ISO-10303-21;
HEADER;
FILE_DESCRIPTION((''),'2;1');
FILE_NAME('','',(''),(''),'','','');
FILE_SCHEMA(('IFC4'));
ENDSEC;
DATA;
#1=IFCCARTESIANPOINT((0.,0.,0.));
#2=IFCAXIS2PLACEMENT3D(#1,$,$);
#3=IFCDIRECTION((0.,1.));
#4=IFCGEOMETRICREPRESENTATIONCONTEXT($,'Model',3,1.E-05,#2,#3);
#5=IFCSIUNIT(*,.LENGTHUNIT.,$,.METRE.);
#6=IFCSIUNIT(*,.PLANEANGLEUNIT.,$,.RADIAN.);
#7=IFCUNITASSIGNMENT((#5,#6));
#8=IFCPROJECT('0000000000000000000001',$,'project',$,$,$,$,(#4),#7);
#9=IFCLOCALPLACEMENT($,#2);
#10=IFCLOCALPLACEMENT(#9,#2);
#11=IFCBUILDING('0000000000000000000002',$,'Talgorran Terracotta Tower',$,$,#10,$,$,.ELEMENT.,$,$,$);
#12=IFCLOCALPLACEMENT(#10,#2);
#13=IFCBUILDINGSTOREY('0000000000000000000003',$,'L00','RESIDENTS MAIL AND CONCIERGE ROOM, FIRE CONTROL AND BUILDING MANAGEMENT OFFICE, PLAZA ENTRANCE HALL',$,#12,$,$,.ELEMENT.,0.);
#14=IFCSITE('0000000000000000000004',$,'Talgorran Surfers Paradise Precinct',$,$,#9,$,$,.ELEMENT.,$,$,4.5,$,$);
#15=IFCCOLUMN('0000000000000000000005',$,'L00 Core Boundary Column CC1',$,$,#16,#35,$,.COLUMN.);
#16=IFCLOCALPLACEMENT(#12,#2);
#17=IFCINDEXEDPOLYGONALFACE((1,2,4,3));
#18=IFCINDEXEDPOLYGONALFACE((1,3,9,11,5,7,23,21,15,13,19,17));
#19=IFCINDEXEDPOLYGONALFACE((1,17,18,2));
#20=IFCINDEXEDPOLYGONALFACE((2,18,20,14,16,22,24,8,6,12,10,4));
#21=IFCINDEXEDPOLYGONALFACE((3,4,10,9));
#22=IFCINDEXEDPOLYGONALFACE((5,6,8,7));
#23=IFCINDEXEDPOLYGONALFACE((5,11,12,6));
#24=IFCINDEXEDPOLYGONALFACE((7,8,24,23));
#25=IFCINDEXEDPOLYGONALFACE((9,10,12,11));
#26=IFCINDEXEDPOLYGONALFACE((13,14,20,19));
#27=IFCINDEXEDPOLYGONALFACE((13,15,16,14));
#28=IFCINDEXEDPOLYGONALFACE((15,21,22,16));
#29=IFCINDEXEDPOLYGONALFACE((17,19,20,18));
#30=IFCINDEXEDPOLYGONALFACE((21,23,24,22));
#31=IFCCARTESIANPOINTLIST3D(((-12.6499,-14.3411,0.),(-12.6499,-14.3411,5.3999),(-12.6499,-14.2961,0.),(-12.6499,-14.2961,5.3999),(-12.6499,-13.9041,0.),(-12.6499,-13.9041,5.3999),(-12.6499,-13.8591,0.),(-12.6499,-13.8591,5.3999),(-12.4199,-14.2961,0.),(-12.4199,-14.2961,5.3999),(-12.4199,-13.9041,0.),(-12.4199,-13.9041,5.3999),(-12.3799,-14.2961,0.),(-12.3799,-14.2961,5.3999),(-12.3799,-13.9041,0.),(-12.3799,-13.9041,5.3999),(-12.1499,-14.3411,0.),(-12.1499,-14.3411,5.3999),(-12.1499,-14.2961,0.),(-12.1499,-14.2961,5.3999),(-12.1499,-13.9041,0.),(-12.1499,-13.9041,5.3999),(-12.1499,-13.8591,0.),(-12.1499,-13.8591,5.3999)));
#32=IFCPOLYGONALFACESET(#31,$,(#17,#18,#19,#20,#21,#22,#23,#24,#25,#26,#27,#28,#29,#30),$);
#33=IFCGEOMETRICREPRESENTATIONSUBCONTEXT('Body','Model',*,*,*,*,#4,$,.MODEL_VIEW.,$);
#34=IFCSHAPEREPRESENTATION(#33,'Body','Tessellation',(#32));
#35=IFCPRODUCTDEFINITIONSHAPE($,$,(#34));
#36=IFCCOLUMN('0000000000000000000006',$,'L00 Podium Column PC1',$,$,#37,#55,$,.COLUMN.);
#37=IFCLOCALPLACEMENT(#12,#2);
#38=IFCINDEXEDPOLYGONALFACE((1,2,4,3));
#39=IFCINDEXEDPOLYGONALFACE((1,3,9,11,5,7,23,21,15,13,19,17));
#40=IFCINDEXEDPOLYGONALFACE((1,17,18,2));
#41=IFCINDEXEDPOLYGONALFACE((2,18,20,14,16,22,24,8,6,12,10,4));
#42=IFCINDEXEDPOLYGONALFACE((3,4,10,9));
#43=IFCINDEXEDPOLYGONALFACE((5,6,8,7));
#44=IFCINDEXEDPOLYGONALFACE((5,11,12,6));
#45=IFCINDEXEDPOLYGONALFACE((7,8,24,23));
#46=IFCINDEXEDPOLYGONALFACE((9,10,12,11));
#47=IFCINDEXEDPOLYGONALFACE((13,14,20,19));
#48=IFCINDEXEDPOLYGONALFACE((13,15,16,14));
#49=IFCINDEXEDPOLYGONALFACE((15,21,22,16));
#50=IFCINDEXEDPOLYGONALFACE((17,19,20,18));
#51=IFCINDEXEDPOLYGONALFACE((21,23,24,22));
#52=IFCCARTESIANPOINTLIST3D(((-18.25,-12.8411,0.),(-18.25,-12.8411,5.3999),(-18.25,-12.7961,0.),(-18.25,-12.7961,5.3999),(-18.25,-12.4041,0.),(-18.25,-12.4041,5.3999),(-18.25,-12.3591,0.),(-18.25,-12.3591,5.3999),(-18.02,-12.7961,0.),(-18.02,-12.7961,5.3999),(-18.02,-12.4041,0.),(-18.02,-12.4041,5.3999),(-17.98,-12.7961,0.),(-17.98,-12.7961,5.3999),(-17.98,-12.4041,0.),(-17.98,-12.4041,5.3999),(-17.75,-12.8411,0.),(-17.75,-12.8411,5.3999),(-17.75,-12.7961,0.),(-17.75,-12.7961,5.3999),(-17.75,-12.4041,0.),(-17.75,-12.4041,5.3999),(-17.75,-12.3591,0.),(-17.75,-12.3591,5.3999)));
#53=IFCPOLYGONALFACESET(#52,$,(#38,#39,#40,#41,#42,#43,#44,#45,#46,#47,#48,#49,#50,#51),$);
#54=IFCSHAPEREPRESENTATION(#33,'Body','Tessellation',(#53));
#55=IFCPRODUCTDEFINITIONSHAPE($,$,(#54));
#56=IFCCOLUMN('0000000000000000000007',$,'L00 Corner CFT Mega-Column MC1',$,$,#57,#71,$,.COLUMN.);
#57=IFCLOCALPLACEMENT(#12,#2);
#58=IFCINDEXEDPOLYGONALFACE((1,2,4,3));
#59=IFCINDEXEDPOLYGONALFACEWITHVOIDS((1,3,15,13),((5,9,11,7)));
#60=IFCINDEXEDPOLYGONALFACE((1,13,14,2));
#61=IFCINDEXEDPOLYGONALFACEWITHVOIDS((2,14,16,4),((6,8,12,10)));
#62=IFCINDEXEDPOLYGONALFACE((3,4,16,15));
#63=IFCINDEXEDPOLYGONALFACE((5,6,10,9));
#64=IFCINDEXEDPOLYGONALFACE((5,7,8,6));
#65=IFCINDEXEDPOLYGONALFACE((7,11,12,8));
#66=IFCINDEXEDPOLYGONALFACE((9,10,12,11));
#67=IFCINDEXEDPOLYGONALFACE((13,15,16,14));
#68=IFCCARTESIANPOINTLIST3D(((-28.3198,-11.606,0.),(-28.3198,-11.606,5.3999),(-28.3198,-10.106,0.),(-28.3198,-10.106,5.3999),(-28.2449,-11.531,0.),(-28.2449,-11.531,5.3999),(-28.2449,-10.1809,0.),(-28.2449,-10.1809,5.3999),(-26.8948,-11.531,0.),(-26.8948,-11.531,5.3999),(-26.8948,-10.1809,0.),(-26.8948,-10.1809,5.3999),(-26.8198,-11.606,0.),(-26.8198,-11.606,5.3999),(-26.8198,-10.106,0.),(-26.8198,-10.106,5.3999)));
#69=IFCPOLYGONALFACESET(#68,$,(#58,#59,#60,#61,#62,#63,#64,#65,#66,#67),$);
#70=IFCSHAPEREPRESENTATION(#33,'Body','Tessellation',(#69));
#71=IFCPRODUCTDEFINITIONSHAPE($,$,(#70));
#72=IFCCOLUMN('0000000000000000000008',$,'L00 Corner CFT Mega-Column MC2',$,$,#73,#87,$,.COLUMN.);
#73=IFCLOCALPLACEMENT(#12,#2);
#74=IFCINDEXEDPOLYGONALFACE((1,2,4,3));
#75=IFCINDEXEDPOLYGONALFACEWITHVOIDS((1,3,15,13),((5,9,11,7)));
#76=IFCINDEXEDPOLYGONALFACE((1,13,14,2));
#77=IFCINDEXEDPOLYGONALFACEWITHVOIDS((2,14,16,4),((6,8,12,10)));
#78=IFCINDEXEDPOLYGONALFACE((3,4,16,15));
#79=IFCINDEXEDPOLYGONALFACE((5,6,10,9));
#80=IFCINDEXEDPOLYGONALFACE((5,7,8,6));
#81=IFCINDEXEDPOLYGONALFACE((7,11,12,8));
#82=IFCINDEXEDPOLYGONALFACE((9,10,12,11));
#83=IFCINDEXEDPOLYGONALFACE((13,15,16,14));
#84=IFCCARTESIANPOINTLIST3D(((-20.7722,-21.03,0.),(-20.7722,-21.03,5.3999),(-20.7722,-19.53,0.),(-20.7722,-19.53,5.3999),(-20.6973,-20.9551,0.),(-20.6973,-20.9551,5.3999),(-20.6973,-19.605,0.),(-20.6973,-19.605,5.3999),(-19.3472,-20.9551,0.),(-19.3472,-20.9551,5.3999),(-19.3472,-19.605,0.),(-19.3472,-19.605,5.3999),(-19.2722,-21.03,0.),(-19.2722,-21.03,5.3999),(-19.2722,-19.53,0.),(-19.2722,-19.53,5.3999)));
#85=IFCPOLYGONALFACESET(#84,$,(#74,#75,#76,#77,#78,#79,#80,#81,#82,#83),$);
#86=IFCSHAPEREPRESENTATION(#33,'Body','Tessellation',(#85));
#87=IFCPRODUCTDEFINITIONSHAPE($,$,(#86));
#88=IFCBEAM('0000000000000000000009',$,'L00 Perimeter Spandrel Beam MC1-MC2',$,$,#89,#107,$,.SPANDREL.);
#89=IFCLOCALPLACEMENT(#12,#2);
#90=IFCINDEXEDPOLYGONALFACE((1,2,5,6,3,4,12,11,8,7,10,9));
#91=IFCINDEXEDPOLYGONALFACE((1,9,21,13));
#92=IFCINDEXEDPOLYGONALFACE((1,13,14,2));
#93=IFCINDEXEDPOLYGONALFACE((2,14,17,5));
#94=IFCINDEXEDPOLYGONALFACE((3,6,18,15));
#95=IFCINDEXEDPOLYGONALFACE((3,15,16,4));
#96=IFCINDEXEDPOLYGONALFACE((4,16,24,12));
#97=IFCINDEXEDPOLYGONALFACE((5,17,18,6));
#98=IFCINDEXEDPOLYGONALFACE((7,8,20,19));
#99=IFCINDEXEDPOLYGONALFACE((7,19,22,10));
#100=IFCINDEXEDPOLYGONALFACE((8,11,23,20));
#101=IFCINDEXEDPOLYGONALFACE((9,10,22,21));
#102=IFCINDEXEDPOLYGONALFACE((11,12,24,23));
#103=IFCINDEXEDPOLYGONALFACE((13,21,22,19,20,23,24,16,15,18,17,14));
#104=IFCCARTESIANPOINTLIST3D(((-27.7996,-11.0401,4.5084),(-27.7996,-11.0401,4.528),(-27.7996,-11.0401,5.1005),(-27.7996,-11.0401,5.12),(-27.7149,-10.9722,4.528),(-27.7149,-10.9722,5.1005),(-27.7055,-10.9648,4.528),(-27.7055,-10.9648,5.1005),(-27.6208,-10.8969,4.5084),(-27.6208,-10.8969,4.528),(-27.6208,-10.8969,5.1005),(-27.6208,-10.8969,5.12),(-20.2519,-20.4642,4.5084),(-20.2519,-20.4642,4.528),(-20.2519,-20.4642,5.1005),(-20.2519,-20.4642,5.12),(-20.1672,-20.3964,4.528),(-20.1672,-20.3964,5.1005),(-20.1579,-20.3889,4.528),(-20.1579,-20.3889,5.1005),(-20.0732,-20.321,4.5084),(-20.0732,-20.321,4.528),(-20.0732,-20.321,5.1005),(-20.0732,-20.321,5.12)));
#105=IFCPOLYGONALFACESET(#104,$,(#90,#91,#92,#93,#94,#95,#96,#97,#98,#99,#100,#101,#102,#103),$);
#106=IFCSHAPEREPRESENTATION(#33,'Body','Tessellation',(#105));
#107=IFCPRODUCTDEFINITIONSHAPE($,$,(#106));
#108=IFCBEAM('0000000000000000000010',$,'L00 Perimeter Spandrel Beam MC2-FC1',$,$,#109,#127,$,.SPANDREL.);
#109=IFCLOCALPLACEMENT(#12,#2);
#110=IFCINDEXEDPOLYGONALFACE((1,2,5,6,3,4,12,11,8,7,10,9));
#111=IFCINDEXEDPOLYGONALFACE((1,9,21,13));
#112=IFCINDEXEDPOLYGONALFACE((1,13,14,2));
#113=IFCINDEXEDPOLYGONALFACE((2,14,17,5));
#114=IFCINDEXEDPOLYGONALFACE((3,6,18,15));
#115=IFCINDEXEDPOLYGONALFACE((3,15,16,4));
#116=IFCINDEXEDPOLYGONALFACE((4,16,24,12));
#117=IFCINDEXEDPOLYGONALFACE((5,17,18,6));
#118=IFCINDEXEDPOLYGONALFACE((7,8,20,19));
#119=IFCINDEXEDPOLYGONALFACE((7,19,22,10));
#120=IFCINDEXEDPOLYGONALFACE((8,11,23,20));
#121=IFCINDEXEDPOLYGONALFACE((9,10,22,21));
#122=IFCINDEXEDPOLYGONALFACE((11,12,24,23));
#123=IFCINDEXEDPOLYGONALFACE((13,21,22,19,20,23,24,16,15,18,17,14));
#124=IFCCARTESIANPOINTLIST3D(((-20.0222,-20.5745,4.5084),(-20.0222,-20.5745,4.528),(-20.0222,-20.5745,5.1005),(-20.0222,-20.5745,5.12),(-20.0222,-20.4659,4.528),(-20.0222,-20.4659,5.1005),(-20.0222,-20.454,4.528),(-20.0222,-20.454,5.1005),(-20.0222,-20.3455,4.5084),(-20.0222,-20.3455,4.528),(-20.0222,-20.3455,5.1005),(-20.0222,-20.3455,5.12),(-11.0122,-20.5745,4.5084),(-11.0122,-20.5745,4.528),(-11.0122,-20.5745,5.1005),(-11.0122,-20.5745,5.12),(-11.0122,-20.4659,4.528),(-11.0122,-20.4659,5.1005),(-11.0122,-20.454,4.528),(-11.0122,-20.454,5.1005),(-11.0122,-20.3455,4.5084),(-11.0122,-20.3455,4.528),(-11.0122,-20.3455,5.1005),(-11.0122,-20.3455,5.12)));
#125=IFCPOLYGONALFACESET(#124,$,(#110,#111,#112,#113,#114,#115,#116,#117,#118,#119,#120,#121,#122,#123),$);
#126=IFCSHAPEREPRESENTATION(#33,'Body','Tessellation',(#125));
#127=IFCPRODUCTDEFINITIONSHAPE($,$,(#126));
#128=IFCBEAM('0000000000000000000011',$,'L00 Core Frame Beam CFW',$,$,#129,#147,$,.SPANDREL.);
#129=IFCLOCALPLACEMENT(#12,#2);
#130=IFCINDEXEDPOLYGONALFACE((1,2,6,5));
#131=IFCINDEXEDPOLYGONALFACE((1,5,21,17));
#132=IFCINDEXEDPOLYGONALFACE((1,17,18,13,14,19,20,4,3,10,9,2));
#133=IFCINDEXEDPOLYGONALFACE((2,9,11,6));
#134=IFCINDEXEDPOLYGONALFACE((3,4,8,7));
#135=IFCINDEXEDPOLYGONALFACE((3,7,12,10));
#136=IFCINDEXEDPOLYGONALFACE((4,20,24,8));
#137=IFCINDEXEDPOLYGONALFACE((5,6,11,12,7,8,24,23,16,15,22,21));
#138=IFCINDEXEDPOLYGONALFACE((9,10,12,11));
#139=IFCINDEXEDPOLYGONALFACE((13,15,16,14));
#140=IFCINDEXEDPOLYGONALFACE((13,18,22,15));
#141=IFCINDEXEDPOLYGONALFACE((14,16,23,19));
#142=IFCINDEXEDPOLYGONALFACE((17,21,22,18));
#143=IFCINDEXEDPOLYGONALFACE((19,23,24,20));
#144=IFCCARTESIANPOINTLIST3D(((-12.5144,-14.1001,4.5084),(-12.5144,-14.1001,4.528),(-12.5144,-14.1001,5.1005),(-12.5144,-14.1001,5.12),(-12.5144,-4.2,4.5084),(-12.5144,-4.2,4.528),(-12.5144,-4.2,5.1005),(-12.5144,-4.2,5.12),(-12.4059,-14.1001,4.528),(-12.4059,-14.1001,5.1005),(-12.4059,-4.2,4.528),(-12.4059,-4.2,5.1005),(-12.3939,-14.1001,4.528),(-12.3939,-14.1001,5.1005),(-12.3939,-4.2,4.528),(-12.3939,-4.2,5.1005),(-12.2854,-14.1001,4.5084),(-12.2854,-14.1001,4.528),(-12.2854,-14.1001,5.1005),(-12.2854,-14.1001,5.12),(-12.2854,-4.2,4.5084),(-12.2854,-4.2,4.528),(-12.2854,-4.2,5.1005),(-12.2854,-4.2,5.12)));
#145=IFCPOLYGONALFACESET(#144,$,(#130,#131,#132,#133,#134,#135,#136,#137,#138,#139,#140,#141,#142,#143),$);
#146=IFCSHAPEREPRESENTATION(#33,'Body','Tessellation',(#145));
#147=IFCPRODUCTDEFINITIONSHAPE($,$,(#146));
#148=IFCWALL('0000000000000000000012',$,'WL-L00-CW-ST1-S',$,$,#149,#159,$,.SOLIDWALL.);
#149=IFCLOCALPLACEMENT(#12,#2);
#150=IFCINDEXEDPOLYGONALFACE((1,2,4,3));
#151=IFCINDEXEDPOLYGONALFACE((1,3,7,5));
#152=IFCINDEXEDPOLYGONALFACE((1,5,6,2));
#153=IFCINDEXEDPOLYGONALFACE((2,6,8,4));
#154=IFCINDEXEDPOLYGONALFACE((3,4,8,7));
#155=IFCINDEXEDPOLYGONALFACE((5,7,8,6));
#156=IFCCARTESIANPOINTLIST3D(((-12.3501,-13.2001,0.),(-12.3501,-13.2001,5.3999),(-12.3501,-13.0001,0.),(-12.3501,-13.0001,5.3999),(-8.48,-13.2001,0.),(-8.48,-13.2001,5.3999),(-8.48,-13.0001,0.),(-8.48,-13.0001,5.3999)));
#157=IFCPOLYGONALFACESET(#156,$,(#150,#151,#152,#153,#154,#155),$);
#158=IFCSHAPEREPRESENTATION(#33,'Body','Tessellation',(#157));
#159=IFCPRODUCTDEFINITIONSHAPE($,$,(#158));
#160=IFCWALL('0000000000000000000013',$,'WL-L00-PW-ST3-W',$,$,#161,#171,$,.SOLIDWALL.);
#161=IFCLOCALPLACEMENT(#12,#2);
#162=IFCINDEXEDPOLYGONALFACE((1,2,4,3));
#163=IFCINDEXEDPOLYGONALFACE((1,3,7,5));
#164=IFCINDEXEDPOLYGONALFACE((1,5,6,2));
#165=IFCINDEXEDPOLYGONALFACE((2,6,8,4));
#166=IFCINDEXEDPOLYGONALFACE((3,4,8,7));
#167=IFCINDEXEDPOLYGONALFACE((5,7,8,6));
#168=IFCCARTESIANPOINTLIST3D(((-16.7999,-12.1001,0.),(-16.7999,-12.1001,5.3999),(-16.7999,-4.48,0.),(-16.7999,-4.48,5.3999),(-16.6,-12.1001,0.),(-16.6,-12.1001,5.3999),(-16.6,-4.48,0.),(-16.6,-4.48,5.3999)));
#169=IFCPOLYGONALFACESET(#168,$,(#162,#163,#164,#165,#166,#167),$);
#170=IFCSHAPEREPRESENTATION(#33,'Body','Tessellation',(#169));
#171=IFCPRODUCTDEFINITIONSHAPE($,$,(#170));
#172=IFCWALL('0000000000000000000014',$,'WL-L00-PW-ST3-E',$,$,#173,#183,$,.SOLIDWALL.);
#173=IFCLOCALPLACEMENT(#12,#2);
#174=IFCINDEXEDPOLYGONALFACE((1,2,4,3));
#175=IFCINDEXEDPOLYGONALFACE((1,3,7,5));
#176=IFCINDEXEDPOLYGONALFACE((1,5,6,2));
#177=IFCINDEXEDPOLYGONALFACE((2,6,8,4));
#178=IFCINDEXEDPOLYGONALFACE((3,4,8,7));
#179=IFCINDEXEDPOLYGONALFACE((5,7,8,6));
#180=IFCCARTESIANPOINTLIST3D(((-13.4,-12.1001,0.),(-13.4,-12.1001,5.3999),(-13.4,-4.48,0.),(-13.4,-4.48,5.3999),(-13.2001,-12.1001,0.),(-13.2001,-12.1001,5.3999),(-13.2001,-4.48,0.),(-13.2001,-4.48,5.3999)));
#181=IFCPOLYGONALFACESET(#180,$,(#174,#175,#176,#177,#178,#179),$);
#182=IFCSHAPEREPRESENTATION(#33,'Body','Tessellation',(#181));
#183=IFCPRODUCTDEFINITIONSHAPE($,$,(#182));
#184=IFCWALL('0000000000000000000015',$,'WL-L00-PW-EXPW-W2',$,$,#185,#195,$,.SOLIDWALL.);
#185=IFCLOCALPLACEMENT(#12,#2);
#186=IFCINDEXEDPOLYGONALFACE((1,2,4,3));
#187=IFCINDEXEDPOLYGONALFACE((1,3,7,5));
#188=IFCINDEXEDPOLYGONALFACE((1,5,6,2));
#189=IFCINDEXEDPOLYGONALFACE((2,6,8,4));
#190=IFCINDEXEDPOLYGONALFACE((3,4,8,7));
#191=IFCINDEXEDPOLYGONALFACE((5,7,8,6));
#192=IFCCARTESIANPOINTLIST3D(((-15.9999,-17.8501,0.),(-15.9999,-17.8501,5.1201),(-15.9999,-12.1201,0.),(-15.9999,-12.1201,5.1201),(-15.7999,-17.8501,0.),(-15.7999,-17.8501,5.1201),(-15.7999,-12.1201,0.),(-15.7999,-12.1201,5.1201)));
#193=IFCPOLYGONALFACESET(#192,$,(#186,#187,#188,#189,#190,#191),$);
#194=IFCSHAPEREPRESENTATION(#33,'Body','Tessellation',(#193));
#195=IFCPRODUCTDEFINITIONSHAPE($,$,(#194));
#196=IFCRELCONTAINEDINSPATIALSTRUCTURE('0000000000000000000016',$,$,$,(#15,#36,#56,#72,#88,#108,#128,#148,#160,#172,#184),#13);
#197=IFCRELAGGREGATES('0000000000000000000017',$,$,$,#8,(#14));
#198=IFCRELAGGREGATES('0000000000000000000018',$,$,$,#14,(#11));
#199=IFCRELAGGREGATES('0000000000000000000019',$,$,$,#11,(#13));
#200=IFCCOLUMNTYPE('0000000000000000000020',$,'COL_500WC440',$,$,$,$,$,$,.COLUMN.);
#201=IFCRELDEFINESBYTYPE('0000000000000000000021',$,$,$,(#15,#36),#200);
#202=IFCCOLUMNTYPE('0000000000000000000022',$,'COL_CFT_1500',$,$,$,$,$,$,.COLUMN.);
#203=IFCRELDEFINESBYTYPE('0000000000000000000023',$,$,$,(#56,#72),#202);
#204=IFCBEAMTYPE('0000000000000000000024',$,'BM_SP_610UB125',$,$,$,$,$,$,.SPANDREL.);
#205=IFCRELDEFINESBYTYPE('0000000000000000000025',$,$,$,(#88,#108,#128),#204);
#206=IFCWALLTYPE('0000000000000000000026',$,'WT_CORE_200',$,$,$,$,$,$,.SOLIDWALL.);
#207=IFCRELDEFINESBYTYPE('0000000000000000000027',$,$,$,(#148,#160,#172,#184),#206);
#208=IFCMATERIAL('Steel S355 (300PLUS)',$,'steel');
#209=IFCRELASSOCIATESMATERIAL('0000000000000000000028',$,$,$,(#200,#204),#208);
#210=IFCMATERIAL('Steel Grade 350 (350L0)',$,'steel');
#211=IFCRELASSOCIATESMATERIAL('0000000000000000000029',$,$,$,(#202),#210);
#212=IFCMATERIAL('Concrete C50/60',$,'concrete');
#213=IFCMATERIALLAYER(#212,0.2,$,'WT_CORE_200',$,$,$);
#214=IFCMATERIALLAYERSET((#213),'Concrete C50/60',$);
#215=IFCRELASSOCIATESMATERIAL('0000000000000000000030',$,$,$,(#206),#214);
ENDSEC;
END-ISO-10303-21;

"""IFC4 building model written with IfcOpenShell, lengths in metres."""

from ifc_helpers import new_model, si_unit, direction, frame, frame_2d, origin, origin_2d, place, context, subcontext, project, spatial, rectangle, hollow_rectangle, i_section, extrude, material, layer, layer_set, material_profile, profile_set, type_object, element, save


model = new_model("IFC4")

# Units and contexts
model_context = context("Model", 3, precision=1e-05, world=origin(), true_north=direction((0.0, 1.0)))
body_context = subcontext(model_context, "Body", "Model", "MODEL_VIEW")
ifc_project = project(units=[si_unit("LENGTHUNIT", "METRE"), si_unit("PLANEANGLEUNIT", "RADIAN")], contexts=[model_context])

# Site, building, storey
site_placement = place(None, origin())
site = spatial("IfcSite", under=ifc_project, at=site_placement, Name="Talgorran Surfers Paradise Precinct", CompositionType="ELEMENT", RefElevation=4.5)
building_placement = place(site_placement, origin())
building = spatial("IfcBuilding", under=site, at=building_placement, Name="Talgorran Terracotta Tower", CompositionType="ELEMENT")
storey_placement = place(building_placement, origin())
storey = spatial("IfcBuildingStorey", under=building, at=storey_placement, Name="L00", Description="RESIDENTS MAIL AND CONCIERGE ROOM, FIRE CONTROL AND BUILDING MANAGEMENT OFFICE, PLAZA ENTRANCE HALL", CompositionType="ELEMENT", Elevation=0.0)

# Columns
ifc_material_1 = material(Name="Steel S355 (300PLUS)", Category="steel")
ifc_material_profile_1 = material_profile(ifc_material_1, i_section(OverallWidth=0.5, OverallDepth=0.4819, WebThickness=0.04, FlangeThickness=0.0449, at=origin_2d()), Name="500WC440")
ifc_profile_set_1 = profile_set([ifc_material_profile_1], Name="Steel S355 (300PLUS)")
column_type_1 = type_object("IfcColumnType", Name="COL_500WC440", PredefinedType="COLUMN", material=ifc_profile_set_1)
for number, where, z_axis, x_axis, name in (
    (1, (-12.3999, -14.1001, 0.0), (0.0, 0.0, 1.0), (1.0, 0.0, 0.0), "L00 Core Boundary Column CC1"),
    (2, (-18.0, -12.6001, 0.0), (0.0, 0.0, 1.0), (1.0, 0.0, 0.0), "L00 Podium Column PC1"),
):
    element("IfcColumn", number, at=place(storey_placement, frame(where, z_axis=z_axis, x_axis=x_axis)), inside=storey, type_object=column_type_1, Name=name, PredefinedType="COLUMN", context=body_context, shape_type="SweptSolid", body=[
        extrude(i_section(OverallWidth=0.5, OverallDepth=0.4819, WebThickness=0.04, FlangeThickness=0.0449, at=origin_2d()), origin(), (0.0, 0.0, 1.0), 5.3999),
    ])
ifc_material_2 = material(Name="Steel Grade 350 (350L0)", Category="steel")
ifc_material_profile_2 = material_profile(ifc_material_2, hollow_rectangle(XDim=1.5, YDim=1.5, WallThickness=0.075, at=origin_2d()), Name="CFT1500X1500X75")
ifc_profile_set_2 = profile_set([ifc_material_profile_2], Name="Steel Grade 350 (350L0)")
column_type_2 = type_object("IfcColumnType", Name="COL_CFT_1500", PredefinedType="COLUMN", material=ifc_profile_set_2)
for number, where, z_axis, x_axis, name in (
    (3, (-27.5698, -10.856, 0.0), (0.0, 0.0, 1.0), (1.0, 0.0, 0.0), "L00 Corner CFT Mega-Column MC1"),
    (4, (-20.0222, -20.28, 0.0), (0.0, 0.0, 1.0), (1.0, 0.0, 0.0), "L00 Corner CFT Mega-Column MC2"),
):
    element("IfcColumn", number, at=place(storey_placement, frame(where, z_axis=z_axis, x_axis=x_axis)), inside=storey, type_object=column_type_2, Name=name, PredefinedType="COLUMN", context=body_context, shape_type="SweptSolid", body=[
        extrude(hollow_rectangle(XDim=1.5, YDim=1.5, WallThickness=0.075, at=origin_2d()), origin(), (0.0, 0.0, 1.0), 5.3999),
    ])

# Beams
ifc_material_profile_3 = material_profile(ifc_material_1, i_section(OverallWidth=0.229, OverallDepth=0.6116, WebThickness=0.012, FlangeThickness=0.0195, at=origin_2d()), Name="610UB125")
ifc_profile_set_3 = profile_set([ifc_material_profile_3], Name="Steel S355 (300PLUS)")
beam_type = type_object("IfcBeamType", Name="BM_SP_610UB125", PredefinedType="SPANDREL", material=ifc_profile_set_3)
beam_1_placement = place(storey_placement, frame((-27.7102, -10.9685, 4.8142), z_axis=(0.625117, -0.780531, 0.0), x_axis=(0.780531, 0.625117, 0.0)))
element("IfcBeam", 5, at=beam_1_placement, inside=storey, type_object=beam_type, Name="L00 Perimeter Spandrel Beam MC1-MC2", PredefinedType="SPANDREL", context=body_context, shape_type="SweptSolid", body=[
    extrude(i_section(OverallWidth=0.229, OverallDepth=0.6116, WebThickness=0.012, FlangeThickness=0.0195, at=origin_2d()), origin(), (0.0, 0.0, 1.0), 12.074),
])
beam_2_placement = place(storey_placement, frame((-20.0222, -20.46, 4.8142), z_axis=(1.0, 0.0, 0.0), x_axis=(0.0, 1.0, 0.0)))
element("IfcBeam", 6, at=beam_2_placement, inside=storey, type_object=beam_type, Name="L00 Perimeter Spandrel Beam MC2-FC1", PredefinedType="SPANDREL", context=body_context, shape_type="SweptSolid", body=[
    extrude(i_section(OverallWidth=0.229, OverallDepth=0.6116, WebThickness=0.012, FlangeThickness=0.0195, at=origin_2d()), origin(), (0.0, 0.0, 1.0), 9.01),
])
beam_3_placement = place(storey_placement, frame((-12.3999, -14.1001, 4.8142), z_axis=(0.0, 1.0, 0.0), x_axis=(-1.0, 0.0, 0.0)))
element("IfcBeam", 7, at=beam_3_placement, inside=storey, type_object=beam_type, Name="L00 Core Frame Beam CFW", PredefinedType="SPANDREL", context=body_context, shape_type="SweptSolid", body=[
    extrude(i_section(OverallWidth=0.229, OverallDepth=0.6116, WebThickness=0.012, FlangeThickness=0.0195, at=origin_2d()), origin(), (0.0, 0.0, 1.0), 9.9001),
])

# Walls
ifc_material_3 = material(Name="Concrete C50/60", Category="concrete")
ifc_layer_1 = layer(ifc_material_3, 0.2, Name="WT_CORE_200")
ifc_layer_set_1 = layer_set([ifc_layer_1], Name="Concrete C50/60")
wall_type_1 = type_object("IfcWallType", Name="WT_CORE_200", PredefinedType="SOLIDWALL", material=ifc_layer_set_1)
wall_1_placement = place(storey_placement, frame((-12.3501, -13.1001, 0.0), z_axis=(0.0, 0.0, 1.0), x_axis=(1.0, 0.0, 0.0)))
element("IfcWall", 8, at=wall_1_placement, inside=storey, type_object=wall_type_1, Name="WL-L00-CW-ST1-S", PredefinedType="SOLIDWALL", context=body_context, shape_type="SweptSolid", body=[
    extrude(rectangle(XDim=3.8701, YDim=0.2, at=frame_2d((1.9351, 0.0))), origin(), (0.0, 0.0, 1.0), 5.3999),
])
for number, where, z_axis, x_axis, name in (
    (9, (-16.7, -12.1001, 0.0), (0.0, 0.0, 1.0), (0.0, 1.0, 0.0), "WL-L00-PW-ST3-W"),
    (10, (-13.3, -12.1001, 0.0), (0.0, 0.0, 1.0), (0.0, 1.0, 0.0), "WL-L00-PW-ST3-E"),
):
    element("IfcWall", number, at=place(storey_placement, frame(where, z_axis=z_axis, x_axis=x_axis)), inside=storey, type_object=wall_type_1, Name=name, PredefinedType="SOLIDWALL", context=body_context, shape_type="SweptSolid", body=[
        extrude(rectangle(XDim=7.6201, YDim=0.2, at=frame_2d((3.8101, 0.0))), origin(), (0.0, 0.0, 1.0), 5.3999),
    ])
wall_2_placement = place(storey_placement, frame((-15.8999, -17.8501, 0.0), z_axis=(0.0, 0.0, 1.0), x_axis=(0.0, 1.0, 0.0)))
element("IfcWall", 11, at=wall_2_placement, inside=storey, type_object=wall_type_1, Name="WL-L00-PW-EXPW-W2", PredefinedType="SOLIDWALL", context=body_context, shape_type="SweptSolid", body=[
    extrude(rectangle(XDim=5.73, YDim=0.2, at=frame_2d((2.865, 0.0))), origin(), (0.0, 0.0, 1.0), 5.1201),
])

save(model, "model.ifc")
